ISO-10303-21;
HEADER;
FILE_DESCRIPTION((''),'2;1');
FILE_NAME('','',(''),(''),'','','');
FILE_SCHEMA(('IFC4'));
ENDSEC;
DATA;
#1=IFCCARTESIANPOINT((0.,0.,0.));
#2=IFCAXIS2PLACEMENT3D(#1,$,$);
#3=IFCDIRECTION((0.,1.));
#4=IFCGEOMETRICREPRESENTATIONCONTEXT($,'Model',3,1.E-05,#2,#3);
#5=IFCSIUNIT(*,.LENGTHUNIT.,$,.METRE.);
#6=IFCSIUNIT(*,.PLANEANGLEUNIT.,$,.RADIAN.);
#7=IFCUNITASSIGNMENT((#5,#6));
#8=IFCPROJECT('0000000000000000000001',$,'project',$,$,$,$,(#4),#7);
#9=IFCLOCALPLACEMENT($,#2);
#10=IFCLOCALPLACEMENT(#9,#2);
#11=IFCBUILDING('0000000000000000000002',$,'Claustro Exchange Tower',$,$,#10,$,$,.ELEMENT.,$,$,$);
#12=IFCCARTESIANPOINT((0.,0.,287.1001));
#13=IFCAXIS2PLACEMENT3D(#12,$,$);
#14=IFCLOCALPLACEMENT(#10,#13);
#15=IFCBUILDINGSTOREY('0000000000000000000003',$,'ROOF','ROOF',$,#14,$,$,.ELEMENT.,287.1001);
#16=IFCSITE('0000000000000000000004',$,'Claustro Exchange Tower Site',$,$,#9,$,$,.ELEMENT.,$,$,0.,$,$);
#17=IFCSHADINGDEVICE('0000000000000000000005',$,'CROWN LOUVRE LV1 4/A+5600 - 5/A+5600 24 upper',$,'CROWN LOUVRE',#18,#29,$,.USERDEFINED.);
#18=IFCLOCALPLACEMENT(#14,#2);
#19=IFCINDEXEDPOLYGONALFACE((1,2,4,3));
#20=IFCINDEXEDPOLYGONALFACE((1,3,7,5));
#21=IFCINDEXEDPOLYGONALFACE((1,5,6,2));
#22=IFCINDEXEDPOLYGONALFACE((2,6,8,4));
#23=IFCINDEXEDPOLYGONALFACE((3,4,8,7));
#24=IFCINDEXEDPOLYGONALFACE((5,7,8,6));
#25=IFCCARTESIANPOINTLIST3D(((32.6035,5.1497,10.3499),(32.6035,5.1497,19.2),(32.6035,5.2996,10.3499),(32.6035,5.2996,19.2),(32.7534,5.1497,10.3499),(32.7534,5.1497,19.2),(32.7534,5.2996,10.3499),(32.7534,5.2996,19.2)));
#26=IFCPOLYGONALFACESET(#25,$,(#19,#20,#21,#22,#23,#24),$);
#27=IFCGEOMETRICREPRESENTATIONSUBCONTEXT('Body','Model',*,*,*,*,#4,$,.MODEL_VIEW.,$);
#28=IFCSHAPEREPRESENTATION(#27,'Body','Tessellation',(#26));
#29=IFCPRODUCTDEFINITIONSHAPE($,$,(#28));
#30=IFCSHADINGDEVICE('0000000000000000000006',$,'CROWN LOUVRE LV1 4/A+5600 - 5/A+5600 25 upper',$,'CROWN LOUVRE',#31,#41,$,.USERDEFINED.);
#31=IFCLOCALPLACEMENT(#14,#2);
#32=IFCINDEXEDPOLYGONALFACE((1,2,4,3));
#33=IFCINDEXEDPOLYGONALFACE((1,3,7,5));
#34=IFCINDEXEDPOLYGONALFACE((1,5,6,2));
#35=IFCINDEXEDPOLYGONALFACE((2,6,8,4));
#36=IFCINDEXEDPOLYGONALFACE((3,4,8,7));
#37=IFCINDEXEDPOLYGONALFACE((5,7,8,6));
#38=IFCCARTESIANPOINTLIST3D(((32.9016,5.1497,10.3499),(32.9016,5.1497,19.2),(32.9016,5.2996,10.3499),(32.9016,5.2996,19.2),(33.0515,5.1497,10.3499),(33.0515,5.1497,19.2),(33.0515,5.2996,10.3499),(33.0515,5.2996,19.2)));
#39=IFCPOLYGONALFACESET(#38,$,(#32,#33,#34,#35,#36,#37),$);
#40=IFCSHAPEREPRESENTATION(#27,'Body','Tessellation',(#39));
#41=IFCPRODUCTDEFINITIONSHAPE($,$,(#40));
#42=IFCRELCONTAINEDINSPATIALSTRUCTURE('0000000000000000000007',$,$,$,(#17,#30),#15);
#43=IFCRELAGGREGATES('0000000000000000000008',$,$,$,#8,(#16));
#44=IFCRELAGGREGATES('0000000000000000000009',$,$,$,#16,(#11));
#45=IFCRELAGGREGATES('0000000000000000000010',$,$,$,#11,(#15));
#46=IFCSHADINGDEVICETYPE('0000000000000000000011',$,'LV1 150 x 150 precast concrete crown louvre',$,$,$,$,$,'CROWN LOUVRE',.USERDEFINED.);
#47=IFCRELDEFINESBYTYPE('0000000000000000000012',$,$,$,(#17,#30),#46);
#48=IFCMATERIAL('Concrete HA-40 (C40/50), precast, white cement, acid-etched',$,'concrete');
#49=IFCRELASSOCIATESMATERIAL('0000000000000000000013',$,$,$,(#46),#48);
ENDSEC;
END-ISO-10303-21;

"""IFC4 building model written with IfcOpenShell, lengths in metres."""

from ifc_helpers import new_model, si_unit, direction, frame, origin, origin_2d, place, context, subcontext, project, spatial, rectangle, extrude, material, type_object, element, save


model = new_model("IFC4")

# Units and contexts
model_context = context("Model", 3, precision=1e-05, world=origin(), true_north=direction((0.0, 1.0)))
body_context = subcontext(model_context, "Body", "Model", "MODEL_VIEW")
ifc_project = project(units=[si_unit("LENGTHUNIT", "METRE"), si_unit("PLANEANGLEUNIT", "RADIAN")], contexts=[model_context])

# Site, building, storey
site_placement = place(None, origin())
site = spatial("IfcSite", under=ifc_project, at=site_placement, Name="Claustro Exchange Tower Site", CompositionType="ELEMENT", RefElevation=0.0)
building_placement = place(site_placement, origin())
building = spatial("IfcBuilding", under=site, at=building_placement, Name="Claustro Exchange Tower", CompositionType="ELEMENT")
storey_placement = place(building_placement, frame((0.0, 0.0, 287.1001)))
storey = spatial("IfcBuildingStorey", under=building, at=storey_placement, Name="ROOF", Description="ROOF", CompositionType="ELEMENT", Elevation=287.1001)

# Shading devices
ifc_material_1 = material(Name="Concrete HA-40 (C40/50), precast, white cement, acid-etched", Category="concrete")
shading_device_type = type_object("IfcShadingDeviceType", Name="LV1 150 x 150 precast concrete crown louvre", ElementType="CROWN LOUVRE", PredefinedType="USERDEFINED", material=ifc_material_1)
for number, where, z_axis, x_axis, name in (
    (1, (32.6785, 5.2246, 10.3499), (0.0, 0.0, 1.0), (1.0, 0.0, 0.0), "CROWN LOUVRE LV1 4/A+5600 - 5/A+5600 24 upper"),
    (2, (32.9766, 5.2246, 10.3499), (0.0, 0.0, 1.0), (1.0, 0.0, 0.0), "CROWN LOUVRE LV1 4/A+5600 - 5/A+5600 25 upper"),
):
    element("IfcShadingDevice", number, at=place(storey_placement, frame(where, z_axis=z_axis, x_axis=x_axis)), inside=storey, type_object=shading_device_type, Name=name, ObjectType="CROWN LOUVRE", PredefinedType="USERDEFINED", context=body_context, shape_type="SweptSolid", body=[
        extrude(rectangle(XDim=0.1499, YDim=0.1499, at=origin_2d()), origin(), (0.0, 0.0, 1.0), 8.8501),
    ])

save(model, "model.ifc")
